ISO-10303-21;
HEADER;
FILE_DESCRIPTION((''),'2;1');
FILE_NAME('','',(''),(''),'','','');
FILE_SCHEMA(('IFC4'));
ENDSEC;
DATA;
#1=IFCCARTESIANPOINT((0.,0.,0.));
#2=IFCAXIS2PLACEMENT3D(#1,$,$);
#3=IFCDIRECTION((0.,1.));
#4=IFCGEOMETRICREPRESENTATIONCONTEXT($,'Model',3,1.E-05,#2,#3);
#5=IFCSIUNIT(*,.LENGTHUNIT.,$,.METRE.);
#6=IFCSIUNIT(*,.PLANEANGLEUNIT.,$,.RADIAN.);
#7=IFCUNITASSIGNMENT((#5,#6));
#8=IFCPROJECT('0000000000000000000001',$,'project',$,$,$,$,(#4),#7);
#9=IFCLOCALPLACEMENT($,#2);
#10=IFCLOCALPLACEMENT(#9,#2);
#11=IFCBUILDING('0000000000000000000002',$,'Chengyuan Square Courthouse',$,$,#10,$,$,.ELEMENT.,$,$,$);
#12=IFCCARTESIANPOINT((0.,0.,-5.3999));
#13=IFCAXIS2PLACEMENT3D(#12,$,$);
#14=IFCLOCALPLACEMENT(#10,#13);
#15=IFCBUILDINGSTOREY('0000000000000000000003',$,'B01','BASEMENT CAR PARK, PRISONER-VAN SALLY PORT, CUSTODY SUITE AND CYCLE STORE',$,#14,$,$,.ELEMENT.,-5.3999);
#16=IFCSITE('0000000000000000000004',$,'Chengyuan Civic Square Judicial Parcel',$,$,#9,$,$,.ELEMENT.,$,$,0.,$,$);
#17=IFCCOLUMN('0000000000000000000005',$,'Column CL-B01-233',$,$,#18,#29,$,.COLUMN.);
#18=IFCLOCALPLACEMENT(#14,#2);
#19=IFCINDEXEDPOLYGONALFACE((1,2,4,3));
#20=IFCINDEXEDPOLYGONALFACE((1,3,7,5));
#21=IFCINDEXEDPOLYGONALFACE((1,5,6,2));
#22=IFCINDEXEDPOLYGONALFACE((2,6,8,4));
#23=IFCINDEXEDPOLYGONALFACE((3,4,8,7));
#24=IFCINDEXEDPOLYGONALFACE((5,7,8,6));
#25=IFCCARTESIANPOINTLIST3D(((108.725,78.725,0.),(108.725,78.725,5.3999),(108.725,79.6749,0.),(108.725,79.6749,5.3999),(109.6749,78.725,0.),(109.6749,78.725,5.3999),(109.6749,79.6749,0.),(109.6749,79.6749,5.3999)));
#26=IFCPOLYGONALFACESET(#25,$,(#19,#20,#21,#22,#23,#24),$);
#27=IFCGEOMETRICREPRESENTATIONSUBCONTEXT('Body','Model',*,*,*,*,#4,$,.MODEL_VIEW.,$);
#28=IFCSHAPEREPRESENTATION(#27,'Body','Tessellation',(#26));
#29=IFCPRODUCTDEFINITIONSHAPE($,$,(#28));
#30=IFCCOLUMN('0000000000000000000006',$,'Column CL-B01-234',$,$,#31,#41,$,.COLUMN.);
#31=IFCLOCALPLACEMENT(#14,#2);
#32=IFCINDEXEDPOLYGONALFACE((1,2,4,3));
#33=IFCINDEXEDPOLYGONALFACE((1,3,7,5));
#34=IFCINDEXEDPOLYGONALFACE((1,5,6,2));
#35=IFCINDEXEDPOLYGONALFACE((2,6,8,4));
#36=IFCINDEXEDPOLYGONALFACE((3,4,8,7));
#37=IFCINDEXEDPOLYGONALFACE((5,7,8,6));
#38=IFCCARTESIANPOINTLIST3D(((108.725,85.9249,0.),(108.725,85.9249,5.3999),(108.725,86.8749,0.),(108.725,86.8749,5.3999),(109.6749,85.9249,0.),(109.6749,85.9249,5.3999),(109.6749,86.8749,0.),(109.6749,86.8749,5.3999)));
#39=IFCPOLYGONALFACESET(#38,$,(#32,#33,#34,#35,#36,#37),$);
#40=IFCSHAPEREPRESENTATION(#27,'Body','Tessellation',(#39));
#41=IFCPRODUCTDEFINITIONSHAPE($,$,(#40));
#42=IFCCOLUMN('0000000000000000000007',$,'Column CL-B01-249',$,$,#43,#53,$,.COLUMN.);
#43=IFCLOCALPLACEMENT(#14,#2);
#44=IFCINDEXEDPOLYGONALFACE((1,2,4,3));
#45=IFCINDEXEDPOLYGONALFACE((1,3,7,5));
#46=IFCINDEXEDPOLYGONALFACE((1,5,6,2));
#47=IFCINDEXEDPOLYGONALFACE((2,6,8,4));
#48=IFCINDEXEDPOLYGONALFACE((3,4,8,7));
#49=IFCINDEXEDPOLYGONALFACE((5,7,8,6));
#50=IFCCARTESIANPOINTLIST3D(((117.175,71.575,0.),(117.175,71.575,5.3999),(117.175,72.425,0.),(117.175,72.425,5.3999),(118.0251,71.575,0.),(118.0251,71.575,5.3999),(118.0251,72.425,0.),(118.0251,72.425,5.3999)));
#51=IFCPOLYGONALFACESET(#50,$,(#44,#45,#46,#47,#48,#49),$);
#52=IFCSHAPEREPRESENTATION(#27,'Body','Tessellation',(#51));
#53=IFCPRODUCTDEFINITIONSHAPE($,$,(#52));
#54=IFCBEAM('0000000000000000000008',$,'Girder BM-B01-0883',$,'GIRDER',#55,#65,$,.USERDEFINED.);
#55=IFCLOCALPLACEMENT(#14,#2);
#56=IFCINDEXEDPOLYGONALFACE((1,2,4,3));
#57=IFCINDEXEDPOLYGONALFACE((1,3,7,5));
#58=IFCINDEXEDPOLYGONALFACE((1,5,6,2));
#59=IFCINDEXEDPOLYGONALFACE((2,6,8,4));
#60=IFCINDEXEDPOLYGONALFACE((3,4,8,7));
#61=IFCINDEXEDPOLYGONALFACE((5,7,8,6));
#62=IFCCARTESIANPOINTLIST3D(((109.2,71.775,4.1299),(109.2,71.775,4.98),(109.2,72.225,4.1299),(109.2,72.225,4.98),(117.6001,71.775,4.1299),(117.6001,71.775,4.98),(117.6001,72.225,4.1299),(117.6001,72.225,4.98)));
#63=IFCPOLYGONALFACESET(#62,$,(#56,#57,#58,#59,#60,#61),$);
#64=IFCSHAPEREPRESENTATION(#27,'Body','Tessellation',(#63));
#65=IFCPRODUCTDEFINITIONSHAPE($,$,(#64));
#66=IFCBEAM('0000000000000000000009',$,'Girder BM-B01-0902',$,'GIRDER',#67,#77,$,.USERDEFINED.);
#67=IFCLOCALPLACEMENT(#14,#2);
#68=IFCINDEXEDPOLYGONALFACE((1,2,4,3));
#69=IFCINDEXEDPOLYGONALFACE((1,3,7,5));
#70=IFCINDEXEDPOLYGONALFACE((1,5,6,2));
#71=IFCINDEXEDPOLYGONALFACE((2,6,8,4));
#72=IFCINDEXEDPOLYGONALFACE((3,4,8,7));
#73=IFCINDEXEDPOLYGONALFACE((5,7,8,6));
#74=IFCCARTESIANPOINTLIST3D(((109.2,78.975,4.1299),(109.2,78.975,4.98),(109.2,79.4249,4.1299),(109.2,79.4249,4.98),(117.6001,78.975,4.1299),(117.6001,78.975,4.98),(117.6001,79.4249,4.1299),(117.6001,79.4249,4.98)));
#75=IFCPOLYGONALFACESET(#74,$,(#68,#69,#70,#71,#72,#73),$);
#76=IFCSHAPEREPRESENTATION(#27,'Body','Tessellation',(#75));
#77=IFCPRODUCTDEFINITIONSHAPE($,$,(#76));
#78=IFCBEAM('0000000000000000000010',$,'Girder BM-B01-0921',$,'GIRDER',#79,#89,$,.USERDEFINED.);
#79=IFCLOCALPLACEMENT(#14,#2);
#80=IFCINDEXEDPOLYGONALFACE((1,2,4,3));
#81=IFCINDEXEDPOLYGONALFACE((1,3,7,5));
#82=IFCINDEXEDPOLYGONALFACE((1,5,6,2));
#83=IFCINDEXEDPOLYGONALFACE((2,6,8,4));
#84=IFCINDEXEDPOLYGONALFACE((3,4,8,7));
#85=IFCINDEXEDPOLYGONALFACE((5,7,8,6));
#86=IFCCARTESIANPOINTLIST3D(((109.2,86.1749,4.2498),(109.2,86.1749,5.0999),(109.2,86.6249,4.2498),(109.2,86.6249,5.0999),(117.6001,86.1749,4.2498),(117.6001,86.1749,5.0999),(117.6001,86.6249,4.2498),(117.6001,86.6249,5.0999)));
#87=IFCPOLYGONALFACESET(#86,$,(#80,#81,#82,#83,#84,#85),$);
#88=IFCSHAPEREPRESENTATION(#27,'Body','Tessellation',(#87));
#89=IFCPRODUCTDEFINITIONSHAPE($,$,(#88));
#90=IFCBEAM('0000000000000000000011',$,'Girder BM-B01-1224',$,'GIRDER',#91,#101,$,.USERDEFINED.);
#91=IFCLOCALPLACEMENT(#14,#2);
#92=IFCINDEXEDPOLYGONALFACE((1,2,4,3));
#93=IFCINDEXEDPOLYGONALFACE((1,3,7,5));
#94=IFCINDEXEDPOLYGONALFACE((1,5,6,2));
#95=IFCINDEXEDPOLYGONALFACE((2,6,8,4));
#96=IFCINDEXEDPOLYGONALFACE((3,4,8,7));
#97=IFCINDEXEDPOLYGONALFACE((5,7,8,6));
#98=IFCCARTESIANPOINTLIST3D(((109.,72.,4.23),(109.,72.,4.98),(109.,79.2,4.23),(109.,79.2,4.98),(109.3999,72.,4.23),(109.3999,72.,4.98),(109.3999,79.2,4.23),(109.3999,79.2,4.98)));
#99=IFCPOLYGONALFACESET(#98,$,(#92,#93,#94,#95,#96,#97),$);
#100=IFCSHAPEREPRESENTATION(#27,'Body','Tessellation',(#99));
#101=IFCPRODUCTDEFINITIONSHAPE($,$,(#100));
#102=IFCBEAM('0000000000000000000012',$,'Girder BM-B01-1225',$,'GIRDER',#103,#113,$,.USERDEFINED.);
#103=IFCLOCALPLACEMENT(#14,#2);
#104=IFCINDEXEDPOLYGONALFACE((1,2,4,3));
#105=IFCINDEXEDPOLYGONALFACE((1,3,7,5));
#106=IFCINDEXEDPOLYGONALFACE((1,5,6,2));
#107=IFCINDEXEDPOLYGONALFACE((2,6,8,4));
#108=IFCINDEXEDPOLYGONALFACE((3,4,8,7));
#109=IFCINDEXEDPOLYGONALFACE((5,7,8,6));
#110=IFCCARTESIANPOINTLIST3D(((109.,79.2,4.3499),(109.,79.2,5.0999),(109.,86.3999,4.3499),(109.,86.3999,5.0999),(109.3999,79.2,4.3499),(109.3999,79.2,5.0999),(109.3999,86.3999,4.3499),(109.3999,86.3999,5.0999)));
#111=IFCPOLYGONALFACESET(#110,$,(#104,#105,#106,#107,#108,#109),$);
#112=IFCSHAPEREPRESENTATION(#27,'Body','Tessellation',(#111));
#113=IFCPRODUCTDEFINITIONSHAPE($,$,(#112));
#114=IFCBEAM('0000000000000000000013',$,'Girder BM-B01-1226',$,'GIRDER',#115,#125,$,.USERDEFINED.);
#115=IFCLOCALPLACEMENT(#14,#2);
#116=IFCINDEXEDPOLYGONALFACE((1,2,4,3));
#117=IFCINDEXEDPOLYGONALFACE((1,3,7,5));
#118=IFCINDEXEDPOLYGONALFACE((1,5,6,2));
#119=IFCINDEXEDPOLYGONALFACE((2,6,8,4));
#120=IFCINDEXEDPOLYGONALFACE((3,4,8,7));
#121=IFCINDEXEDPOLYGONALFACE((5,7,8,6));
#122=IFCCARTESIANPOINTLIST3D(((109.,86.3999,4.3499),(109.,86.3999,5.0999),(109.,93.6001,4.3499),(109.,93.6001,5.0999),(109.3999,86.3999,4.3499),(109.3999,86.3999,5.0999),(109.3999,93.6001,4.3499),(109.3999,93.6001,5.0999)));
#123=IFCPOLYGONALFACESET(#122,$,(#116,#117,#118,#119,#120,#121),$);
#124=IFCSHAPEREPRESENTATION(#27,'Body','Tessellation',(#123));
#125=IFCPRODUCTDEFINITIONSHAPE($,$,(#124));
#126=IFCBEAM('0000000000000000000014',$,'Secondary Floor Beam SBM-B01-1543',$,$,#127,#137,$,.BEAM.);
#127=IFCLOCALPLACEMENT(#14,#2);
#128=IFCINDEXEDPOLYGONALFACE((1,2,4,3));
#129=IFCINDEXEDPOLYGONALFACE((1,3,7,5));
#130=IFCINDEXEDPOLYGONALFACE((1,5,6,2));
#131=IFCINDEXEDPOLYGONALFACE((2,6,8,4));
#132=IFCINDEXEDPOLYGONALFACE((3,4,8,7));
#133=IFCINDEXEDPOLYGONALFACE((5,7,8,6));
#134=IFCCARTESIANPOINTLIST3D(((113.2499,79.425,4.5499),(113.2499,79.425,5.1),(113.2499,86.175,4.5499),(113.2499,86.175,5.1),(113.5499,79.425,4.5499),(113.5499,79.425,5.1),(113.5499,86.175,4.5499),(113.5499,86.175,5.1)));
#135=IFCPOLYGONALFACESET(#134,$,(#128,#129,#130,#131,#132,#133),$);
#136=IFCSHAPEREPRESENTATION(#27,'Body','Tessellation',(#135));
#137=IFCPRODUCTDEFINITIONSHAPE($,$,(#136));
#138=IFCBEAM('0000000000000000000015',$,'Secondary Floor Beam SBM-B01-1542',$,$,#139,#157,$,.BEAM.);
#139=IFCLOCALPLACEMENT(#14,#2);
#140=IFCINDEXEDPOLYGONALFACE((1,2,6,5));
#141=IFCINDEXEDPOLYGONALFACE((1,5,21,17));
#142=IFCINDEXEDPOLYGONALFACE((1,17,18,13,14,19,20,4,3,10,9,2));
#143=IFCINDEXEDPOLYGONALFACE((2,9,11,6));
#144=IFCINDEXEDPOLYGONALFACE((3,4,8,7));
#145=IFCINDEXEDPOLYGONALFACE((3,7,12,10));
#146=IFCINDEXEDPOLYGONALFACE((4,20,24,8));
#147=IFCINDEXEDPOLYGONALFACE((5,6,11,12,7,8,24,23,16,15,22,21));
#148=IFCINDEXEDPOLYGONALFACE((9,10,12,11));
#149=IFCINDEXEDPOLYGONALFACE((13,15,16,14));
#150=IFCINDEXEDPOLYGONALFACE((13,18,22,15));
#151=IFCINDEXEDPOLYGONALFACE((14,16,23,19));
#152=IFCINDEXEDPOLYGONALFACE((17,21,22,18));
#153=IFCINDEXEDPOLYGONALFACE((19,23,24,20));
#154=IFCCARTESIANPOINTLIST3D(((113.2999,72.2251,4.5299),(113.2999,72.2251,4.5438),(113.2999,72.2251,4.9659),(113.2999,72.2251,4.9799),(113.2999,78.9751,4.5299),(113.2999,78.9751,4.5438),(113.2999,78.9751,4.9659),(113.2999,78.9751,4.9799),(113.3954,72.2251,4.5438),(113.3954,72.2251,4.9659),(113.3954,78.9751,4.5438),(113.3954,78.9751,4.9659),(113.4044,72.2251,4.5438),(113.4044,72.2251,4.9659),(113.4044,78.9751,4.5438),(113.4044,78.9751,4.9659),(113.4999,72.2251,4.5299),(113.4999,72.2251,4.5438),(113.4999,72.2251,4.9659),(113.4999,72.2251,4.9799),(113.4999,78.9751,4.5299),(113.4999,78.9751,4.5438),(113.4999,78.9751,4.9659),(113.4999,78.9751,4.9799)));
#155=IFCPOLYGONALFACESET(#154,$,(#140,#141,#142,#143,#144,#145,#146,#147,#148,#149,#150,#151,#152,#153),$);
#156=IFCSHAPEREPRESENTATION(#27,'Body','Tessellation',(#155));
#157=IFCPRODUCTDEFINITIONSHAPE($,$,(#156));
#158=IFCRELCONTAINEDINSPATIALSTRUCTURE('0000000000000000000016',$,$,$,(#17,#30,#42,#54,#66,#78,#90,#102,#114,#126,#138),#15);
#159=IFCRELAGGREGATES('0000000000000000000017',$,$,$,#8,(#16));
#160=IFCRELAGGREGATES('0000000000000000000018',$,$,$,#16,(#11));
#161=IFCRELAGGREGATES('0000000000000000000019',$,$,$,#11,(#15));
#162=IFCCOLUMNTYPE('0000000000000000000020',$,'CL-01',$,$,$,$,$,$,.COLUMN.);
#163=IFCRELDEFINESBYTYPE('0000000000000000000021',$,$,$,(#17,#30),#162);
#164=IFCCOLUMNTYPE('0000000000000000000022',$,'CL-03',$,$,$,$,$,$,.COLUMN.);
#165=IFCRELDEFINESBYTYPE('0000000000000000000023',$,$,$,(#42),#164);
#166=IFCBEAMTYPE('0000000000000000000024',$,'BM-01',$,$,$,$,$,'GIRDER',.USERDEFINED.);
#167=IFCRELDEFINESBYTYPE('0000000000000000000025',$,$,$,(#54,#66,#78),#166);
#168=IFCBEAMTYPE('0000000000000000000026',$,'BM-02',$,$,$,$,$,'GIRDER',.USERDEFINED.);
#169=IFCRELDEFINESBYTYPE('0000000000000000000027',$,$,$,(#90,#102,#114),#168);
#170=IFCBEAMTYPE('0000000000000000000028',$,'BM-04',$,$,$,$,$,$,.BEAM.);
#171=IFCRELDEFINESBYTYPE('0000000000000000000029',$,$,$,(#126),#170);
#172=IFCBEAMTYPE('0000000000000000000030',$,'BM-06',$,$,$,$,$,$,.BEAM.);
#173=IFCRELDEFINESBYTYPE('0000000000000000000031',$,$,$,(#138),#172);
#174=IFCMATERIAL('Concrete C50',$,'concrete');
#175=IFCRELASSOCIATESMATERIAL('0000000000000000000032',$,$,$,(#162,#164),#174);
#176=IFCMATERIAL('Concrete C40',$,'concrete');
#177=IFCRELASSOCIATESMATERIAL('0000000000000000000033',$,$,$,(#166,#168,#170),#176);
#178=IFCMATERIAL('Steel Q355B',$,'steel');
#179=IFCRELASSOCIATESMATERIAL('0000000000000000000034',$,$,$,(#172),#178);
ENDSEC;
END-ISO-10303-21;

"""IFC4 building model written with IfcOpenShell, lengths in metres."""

from ifc_helpers import new_model, si_unit, direction, frame, origin, origin_2d, place, context, subcontext, project, spatial, rectangle, i_section, extrude, material, material_profile, profile_set, type_object, element, save


model = new_model("IFC4")

# Units and contexts
model_context = context("Model", 3, precision=1e-05, world=origin(), true_north=direction((0.0, 1.0)))
body_context = subcontext(model_context, "Body", "Model", "MODEL_VIEW")
ifc_project = project(units=[si_unit("LENGTHUNIT", "METRE"), si_unit("PLANEANGLEUNIT", "RADIAN")], contexts=[model_context])

# Site, building, storey
site_placement = place(None, origin())
site = spatial("IfcSite", under=ifc_project, at=site_placement, Name="Chengyuan Civic Square Judicial Parcel", CompositionType="ELEMENT", RefElevation=0.0)
building_placement = place(site_placement, origin())
building = spatial("IfcBuilding", under=site, at=building_placement, Name="Chengyuan Square Courthouse", CompositionType="ELEMENT")
storey_placement = place(building_placement, frame((0.0, 0.0, -5.3999)))
storey = spatial("IfcBuildingStorey", under=building, at=storey_placement, Name="B01", Description="BASEMENT CAR PARK, PRISONER-VAN SALLY PORT, CUSTODY SUITE AND CYCLE STORE", CompositionType="ELEMENT", Elevation=-5.3999)

# Columns
ifc_material_1 = material(Name="Concrete C50", Category="concrete")
ifc_material_profile_1 = material_profile(ifc_material_1, rectangle(XDim=0.95, YDim=0.95, at=origin_2d()), Name="RC-COL-950x950")
ifc_profile_set_1 = profile_set([ifc_material_profile_1], Name="Concrete C50")
column_type_1 = type_object("IfcColumnType", Name="CL-01", PredefinedType="COLUMN", material=ifc_profile_set_1)
for number, where, z_axis, x_axis, name in (
    (1, (109.2, 79.2, 0.0), (0.0, 0.0, 1.0), (1.0, 0.0, 0.0), "Column CL-B01-233"),
    (2, (109.2, 86.3999, 0.0), (0.0, 0.0, 1.0), (1.0, 0.0, 0.0), "Column CL-B01-234"),
):
    element("IfcColumn", number, at=place(storey_placement, frame(where, z_axis=z_axis, x_axis=x_axis)), inside=storey, type_object=column_type_1, Name=name, PredefinedType="COLUMN", context=body_context, shape_type="SweptSolid", body=[
        extrude(rectangle(XDim=0.95, YDim=0.95, at=origin_2d()), origin(), (0.0, 0.0, 1.0), 5.3999),
    ])
ifc_material_profile_2 = material_profile(ifc_material_1, rectangle(XDim=0.8501, YDim=0.8501, at=origin_2d()), Name="RC-COL-850x850")
ifc_profile_set_2 = profile_set([ifc_material_profile_2], Name="Concrete C50")
column_type_2 = type_object("IfcColumnType", Name="CL-03", PredefinedType="COLUMN", material=ifc_profile_set_2)
column_placement = place(storey_placement, frame((117.6001, 72.0, 0.0), z_axis=(0.0, 0.0, 1.0), x_axis=(1.0, 0.0, 0.0)))
element("IfcColumn", 3, at=column_placement, inside=storey, type_object=column_type_2, Name="Column CL-B01-249", PredefinedType="COLUMN", context=body_context, shape_type="SweptSolid", body=[
    extrude(rectangle(XDim=0.8501, YDim=0.8501, at=origin_2d()), origin(), (0.0, 0.0, 1.0), 5.3999),
])

# Beams
ifc_material_2 = material(Name="Concrete C40", Category="concrete")
ifc_material_profile_3 = material_profile(ifc_material_2, rectangle(XDim=0.45, YDim=0.8501, at=origin_2d()), Name="RC-BM-450x850")
ifc_profile_set_3 = profile_set([ifc_material_profile_3], Name="Concrete C40")
beam_type_1 = type_object("IfcBeamType", Name="BM-01", ElementType="GIRDER", PredefinedType="USERDEFINED", material=ifc_profile_set_3)
for number, where, z_axis, x_axis, name in (
    (4, (109.2, 72.0, 4.5549), (1.0, 0.0, 0.0), (0.0, 1.0, 0.0), "Girder BM-B01-0883"),
    (5, (109.2, 79.2, 4.5549), (1.0, 0.0, 0.0), (0.0, 1.0, 0.0), "Girder BM-B01-0902"),
    (6, (109.2, 86.3999, 4.6748), (1.0, 0.0, 0.0), (0.0, 1.0, 0.0), "Girder BM-B01-0921"),
):
    element("IfcBeam", number, at=place(storey_placement, frame(where, z_axis=z_axis, x_axis=x_axis)), inside=storey, type_object=beam_type_1, Name=name, ObjectType="GIRDER", PredefinedType="USERDEFINED", context=body_context, shape_type="SweptSolid", body=[
        extrude(rectangle(XDim=0.45, YDim=0.8501, at=origin_2d()), origin(), (0.0, 0.0, 1.0), 8.4001),
    ])
ifc_material_profile_4 = material_profile(ifc_material_2, rectangle(XDim=0.3999, YDim=0.75, at=origin_2d()), Name="RC-BM-400x750")
ifc_profile_set_4 = profile_set([ifc_material_profile_4], Name="Concrete C40")
beam_type_2 = type_object("IfcBeamType", Name="BM-02", ElementType="GIRDER", PredefinedType="USERDEFINED", material=ifc_profile_set_4)
for number, where, z_axis, x_axis, name in (
    (7, (109.2, 72.0, 4.605), (0.0, 1.0, 0.0), (-1.0, 0.0, 0.0), "Girder BM-B01-1224"),
    (8, (109.2, 79.2, 4.7249), (0.0, 1.0, 0.0), (-1.0, 0.0, 0.0), "Girder BM-B01-1225"),
):
    element("IfcBeam", number, at=place(storey_placement, frame(where, z_axis=z_axis, x_axis=x_axis)), inside=storey, type_object=beam_type_2, Name=name, ObjectType="GIRDER", PredefinedType="USERDEFINED", context=body_context, shape_type="SweptSolid", body=[
        extrude(rectangle(XDim=0.3999, YDim=0.75, at=origin_2d()), origin(), (0.0, 0.0, 1.0), 7.2),
    ])
beam_1_placement = place(storey_placement, frame((109.2, 86.3999, 4.7249), z_axis=(0.0, 1.0, 0.0), x_axis=(-1.0, 0.0, 0.0)))
element("IfcBeam", 9, at=beam_1_placement, inside=storey, type_object=beam_type_2, Name="Girder BM-B01-1226", ObjectType="GIRDER", PredefinedType="USERDEFINED", context=body_context, shape_type="SweptSolid", body=[
    extrude(rectangle(XDim=0.3999, YDim=0.75, at=origin_2d()), origin(), (0.0, 0.0, 1.0), 7.2002),
])
ifc_material_profile_5 = material_profile(ifc_material_2, rectangle(XDim=0.3, YDim=0.55, at=origin_2d()), Name="RC-BM-300x550")
ifc_profile_set_5 = profile_set([ifc_material_profile_5], Name="Concrete C40")
beam_type_3 = type_object("IfcBeamType", Name="BM-04", PredefinedType="BEAM", material=ifc_profile_set_5)
beam_2_placement = place(storey_placement, frame((113.3999, 79.425, 4.825), z_axis=(0.0, 1.0, 0.0), x_axis=(-1.0, 0.0, 0.0)))
element("IfcBeam", 10, at=beam_2_placement, inside=storey, type_object=beam_type_3, Name="Secondary Floor Beam SBM-B01-1543", PredefinedType="BEAM", context=body_context, shape_type="SweptSolid", body=[
    extrude(rectangle(XDim=0.3, YDim=0.55, at=origin_2d()), origin(), (0.0, 0.0, 1.0), 6.75),
])
ifc_material_3 = material(Name="Steel Q355B", Category="steel")
ifc_material_profile_6 = material_profile(ifc_material_3, i_section(OverallWidth=0.2, OverallDepth=0.45, WebThickness=0.009, FlangeThickness=0.0139, at=origin_2d()), Name="HN 450x200x9x14")
ifc_profile_set_6 = profile_set([ifc_material_profile_6], Name="Steel Q355B")
beam_type_4 = type_object("IfcBeamType", Name="BM-06", PredefinedType="BEAM", material=ifc_profile_set_6)
beam_3_placement = place(storey_placement, frame((113.3999, 72.2251, 4.7549), z_axis=(0.0, 1.0, 0.0), x_axis=(-1.0, 0.0, 0.0)))
element("IfcBeam", 11, at=beam_3_placement, inside=storey, type_object=beam_type_4, Name="Secondary Floor Beam SBM-B01-1542", PredefinedType="BEAM", context=body_context, shape_type="SweptSolid", body=[
    extrude(i_section(OverallWidth=0.2, OverallDepth=0.45, WebThickness=0.009, FlangeThickness=0.0139, at=origin_2d()), origin(), (0.0, 0.0, 1.0), 6.75),
])

save(model, "model.ifc")
